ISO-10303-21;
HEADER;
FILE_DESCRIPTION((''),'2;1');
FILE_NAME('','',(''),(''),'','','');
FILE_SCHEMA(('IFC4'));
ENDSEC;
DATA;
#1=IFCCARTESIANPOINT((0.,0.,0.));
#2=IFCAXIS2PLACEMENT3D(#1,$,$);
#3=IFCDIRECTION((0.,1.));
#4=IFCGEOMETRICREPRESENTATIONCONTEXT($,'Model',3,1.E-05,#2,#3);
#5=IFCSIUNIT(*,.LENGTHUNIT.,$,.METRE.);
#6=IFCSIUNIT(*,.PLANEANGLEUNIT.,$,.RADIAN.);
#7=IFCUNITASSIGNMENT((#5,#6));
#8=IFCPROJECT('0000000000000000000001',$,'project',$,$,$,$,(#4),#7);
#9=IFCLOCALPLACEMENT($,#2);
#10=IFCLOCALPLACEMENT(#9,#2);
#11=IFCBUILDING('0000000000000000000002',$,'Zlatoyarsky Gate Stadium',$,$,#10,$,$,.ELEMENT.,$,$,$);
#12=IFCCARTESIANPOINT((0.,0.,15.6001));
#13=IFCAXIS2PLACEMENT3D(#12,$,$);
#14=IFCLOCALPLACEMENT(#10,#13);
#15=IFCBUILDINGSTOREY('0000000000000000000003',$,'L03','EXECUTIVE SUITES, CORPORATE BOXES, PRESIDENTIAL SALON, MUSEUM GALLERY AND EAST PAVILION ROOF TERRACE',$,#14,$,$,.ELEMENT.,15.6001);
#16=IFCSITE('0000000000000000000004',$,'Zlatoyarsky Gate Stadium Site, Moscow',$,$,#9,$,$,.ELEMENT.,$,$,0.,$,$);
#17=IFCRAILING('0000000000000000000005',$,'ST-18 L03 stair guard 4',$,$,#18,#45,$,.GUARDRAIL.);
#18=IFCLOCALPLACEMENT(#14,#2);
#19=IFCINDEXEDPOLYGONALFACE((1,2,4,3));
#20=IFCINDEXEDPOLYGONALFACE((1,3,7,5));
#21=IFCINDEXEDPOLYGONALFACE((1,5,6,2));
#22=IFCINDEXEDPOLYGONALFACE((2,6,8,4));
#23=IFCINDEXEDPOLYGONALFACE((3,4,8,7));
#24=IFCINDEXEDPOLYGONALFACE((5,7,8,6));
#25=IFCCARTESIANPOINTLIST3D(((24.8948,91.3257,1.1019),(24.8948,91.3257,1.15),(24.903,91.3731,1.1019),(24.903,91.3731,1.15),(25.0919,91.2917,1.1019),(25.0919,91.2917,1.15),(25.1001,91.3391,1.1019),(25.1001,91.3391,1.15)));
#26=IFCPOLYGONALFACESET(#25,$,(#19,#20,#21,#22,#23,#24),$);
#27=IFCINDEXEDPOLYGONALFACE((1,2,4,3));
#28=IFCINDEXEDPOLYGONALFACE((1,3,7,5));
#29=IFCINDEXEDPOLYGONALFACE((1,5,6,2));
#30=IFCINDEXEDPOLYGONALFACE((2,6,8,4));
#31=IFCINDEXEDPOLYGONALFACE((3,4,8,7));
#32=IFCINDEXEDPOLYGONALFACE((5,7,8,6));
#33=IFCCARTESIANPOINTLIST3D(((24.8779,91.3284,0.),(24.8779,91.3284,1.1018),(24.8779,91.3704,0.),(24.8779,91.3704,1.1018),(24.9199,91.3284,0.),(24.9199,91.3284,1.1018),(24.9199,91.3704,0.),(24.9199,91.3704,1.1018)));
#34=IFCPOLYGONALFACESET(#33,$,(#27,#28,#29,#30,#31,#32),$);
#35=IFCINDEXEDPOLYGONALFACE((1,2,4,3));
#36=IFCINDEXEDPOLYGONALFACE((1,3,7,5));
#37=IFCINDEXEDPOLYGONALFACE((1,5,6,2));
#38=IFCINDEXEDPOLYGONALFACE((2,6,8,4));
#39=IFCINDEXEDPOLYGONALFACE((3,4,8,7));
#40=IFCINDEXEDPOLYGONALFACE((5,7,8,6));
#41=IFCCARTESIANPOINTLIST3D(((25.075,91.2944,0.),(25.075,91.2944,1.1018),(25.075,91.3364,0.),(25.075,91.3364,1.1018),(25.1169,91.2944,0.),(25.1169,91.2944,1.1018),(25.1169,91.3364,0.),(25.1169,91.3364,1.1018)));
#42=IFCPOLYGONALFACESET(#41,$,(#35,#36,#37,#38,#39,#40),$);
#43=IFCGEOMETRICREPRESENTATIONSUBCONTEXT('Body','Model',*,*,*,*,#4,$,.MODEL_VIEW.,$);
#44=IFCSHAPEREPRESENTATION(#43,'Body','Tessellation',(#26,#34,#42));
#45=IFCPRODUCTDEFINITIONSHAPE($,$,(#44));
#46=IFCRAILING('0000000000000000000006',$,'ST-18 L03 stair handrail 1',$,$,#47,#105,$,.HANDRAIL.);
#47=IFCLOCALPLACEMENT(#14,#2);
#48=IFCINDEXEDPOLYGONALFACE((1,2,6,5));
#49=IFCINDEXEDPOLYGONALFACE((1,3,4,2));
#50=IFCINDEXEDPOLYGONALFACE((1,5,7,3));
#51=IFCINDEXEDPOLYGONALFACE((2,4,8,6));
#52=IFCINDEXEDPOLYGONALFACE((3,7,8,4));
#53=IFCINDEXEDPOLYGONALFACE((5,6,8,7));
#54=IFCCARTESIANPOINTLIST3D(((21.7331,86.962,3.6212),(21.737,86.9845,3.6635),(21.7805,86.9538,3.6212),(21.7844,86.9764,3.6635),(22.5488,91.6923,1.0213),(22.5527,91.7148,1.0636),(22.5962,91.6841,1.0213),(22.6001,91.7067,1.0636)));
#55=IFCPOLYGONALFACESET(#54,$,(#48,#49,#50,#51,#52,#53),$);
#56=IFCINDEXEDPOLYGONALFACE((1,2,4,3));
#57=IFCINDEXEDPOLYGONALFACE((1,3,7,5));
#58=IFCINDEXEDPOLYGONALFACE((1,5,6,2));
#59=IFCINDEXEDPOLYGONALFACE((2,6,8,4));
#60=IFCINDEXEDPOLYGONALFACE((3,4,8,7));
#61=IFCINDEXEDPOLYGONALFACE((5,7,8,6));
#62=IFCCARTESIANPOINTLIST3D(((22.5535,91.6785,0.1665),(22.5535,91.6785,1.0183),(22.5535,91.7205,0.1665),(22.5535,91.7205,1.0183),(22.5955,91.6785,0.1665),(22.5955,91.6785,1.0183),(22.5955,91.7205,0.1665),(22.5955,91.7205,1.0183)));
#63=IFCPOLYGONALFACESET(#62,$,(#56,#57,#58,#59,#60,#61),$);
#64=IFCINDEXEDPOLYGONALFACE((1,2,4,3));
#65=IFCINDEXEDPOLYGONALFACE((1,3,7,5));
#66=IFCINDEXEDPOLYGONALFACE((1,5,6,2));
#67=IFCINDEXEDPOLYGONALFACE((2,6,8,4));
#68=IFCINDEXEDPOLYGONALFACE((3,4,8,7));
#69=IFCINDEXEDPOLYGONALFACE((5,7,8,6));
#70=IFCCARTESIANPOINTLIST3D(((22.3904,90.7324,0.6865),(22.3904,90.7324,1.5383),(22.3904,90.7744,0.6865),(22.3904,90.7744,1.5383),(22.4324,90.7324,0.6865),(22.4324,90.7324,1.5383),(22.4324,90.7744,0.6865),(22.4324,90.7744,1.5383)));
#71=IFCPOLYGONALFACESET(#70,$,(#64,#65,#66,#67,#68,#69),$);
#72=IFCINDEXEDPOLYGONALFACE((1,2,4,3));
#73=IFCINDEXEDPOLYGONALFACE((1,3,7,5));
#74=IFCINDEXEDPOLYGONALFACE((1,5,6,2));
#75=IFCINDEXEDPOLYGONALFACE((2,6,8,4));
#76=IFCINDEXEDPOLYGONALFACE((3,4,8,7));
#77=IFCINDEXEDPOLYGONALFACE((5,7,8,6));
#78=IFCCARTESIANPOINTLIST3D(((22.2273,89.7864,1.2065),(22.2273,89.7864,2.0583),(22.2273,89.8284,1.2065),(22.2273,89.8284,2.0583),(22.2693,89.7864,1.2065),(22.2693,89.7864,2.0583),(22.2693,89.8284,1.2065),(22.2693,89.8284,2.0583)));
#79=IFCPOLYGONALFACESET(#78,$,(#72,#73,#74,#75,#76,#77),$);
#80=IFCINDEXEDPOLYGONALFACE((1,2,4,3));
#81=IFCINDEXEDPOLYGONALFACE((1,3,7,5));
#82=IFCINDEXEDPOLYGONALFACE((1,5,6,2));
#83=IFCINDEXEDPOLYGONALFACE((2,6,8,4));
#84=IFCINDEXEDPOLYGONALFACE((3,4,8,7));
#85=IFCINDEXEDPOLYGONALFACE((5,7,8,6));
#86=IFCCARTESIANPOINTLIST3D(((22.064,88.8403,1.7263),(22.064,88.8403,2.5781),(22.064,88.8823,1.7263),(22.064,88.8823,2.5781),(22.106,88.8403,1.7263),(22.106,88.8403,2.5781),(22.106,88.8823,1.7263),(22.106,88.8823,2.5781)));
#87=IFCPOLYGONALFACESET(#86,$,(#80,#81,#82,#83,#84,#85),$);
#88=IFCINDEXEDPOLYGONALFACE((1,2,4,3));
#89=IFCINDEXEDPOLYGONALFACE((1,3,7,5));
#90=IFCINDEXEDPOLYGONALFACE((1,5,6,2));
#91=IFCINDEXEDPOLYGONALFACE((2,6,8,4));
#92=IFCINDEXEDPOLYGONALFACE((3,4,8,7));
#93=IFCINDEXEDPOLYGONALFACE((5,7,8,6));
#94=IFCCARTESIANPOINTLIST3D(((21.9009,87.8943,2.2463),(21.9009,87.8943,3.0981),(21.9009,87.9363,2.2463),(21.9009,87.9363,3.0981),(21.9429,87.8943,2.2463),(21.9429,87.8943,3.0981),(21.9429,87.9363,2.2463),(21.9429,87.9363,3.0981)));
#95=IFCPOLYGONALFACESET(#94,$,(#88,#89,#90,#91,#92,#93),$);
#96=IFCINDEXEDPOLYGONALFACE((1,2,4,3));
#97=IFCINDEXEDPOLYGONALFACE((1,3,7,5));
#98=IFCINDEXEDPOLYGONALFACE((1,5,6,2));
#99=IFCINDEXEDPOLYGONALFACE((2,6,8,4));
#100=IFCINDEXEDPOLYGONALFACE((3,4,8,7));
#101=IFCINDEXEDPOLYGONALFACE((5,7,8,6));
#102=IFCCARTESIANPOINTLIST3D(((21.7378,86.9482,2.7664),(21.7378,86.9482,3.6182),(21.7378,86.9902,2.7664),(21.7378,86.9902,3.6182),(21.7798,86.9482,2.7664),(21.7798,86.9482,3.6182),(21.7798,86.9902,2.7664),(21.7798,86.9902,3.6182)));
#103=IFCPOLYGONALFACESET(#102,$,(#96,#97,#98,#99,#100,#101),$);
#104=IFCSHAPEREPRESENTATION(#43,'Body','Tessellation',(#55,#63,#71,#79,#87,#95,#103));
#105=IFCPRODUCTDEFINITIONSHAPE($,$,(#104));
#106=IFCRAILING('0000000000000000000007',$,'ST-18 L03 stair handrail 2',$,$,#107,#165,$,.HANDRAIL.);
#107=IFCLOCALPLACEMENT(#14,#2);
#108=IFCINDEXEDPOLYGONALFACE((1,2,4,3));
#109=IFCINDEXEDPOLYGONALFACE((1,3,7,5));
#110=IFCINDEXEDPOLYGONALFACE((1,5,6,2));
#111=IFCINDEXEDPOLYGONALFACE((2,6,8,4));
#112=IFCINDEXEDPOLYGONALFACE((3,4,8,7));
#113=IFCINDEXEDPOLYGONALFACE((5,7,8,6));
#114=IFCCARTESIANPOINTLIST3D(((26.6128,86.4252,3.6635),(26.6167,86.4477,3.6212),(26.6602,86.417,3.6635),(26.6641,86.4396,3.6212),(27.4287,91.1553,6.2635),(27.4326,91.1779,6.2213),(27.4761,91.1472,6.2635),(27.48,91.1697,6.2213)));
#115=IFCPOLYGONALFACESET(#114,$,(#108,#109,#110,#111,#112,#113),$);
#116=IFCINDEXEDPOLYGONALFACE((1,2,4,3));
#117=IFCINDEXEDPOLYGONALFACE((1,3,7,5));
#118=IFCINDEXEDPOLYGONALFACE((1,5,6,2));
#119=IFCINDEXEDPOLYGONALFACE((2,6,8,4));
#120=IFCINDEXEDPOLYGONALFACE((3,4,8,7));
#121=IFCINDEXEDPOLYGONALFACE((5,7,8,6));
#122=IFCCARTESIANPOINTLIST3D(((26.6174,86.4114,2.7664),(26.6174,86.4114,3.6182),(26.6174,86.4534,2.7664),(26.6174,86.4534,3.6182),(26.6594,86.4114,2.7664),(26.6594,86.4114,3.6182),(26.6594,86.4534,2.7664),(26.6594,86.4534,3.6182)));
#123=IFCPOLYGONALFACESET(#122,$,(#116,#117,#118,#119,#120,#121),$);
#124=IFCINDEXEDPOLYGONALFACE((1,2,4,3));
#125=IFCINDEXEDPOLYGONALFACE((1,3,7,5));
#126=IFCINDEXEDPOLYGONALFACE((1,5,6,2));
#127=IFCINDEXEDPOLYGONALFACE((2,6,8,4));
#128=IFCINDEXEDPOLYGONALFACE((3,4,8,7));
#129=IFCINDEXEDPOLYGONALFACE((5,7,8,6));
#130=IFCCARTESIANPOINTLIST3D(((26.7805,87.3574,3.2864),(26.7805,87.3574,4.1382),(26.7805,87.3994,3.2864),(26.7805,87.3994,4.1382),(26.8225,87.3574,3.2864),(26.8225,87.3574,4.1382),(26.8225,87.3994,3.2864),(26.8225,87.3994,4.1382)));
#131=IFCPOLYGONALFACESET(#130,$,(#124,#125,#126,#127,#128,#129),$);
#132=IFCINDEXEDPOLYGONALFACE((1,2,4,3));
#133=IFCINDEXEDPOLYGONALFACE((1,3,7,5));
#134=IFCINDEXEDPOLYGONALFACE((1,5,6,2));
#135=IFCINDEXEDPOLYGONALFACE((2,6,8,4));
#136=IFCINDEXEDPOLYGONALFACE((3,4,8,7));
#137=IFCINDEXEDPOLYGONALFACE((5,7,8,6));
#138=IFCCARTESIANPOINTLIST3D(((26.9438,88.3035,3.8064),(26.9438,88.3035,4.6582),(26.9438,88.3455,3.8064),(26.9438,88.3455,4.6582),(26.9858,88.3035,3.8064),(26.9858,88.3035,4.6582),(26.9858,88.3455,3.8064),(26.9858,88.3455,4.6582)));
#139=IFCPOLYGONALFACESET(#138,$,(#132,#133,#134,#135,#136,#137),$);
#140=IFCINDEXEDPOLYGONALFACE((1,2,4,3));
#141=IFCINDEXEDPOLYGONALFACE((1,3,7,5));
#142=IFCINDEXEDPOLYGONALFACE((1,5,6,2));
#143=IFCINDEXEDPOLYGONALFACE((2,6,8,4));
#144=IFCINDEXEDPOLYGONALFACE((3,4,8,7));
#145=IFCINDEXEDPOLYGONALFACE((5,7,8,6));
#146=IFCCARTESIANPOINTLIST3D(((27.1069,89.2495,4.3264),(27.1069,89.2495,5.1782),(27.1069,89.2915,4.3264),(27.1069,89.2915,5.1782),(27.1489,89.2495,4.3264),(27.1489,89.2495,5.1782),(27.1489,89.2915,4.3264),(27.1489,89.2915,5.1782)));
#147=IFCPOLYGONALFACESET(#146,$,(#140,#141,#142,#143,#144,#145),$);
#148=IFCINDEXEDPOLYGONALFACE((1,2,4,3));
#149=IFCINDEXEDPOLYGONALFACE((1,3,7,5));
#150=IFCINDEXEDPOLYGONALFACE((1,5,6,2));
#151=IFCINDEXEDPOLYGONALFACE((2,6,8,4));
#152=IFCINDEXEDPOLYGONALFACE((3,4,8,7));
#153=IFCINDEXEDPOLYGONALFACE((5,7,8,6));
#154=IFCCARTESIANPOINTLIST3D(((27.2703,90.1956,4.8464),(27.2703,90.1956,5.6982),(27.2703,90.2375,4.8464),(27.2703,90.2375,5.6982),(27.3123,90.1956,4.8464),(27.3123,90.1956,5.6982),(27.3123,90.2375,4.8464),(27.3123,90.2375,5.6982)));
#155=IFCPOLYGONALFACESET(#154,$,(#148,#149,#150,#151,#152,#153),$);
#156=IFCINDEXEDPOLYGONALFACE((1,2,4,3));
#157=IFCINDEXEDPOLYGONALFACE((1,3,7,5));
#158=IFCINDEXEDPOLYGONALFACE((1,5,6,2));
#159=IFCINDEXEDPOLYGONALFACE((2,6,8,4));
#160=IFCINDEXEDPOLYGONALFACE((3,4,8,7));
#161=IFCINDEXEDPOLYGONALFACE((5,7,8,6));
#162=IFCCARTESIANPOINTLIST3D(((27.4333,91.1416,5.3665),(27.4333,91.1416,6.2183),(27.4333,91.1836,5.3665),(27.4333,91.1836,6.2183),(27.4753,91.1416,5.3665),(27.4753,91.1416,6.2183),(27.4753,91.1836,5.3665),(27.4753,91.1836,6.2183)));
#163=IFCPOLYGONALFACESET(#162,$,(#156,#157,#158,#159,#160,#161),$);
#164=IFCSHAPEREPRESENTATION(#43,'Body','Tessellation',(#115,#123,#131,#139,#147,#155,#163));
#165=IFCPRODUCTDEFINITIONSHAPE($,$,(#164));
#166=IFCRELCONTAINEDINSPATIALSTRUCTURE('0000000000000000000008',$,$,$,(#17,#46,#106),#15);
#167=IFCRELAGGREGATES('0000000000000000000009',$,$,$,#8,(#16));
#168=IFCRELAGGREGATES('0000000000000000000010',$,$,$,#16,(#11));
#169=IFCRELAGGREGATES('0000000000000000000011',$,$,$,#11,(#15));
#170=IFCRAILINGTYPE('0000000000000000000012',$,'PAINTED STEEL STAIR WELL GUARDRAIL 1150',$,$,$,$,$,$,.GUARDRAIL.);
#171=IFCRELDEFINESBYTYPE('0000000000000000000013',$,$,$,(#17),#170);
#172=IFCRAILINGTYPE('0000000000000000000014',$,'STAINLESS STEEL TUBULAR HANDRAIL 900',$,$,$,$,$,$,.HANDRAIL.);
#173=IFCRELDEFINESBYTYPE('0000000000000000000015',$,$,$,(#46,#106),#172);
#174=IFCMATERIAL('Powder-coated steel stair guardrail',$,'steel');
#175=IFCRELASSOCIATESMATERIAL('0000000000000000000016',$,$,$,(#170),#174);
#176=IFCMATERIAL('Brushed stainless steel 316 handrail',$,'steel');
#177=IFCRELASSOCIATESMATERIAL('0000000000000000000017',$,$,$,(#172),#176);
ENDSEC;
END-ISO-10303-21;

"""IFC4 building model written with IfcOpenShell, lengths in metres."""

from ifc_helpers import new_model, si_unit, direction, frame, origin, origin_2d, place, context, subcontext, project, spatial, rectangle, extrude, material, type_object, element, save


model = new_model("IFC4")

# Units and contexts
model_context = context("Model", 3, precision=1e-05, world=origin(), true_north=direction((0.0, 1.0)))
body_context = subcontext(model_context, "Body", "Model", "MODEL_VIEW")
ifc_project = project(units=[si_unit("LENGTHUNIT", "METRE"), si_unit("PLANEANGLEUNIT", "RADIAN")], contexts=[model_context])

# Site, building, storey
site_placement = place(None, origin())
site = spatial("IfcSite", under=ifc_project, at=site_placement, Name="Zlatoyarsky Gate Stadium Site, Moscow", CompositionType="ELEMENT", RefElevation=0.0)
building_placement = place(site_placement, origin())
building = spatial("IfcBuilding", under=site, at=building_placement, Name="Zlatoyarsky Gate Stadium", CompositionType="ELEMENT")
storey_placement = place(building_placement, frame((0.0, 0.0, 15.6001)))
storey = spatial("IfcBuildingStorey", under=building, at=storey_placement, Name="L03", Description="EXECUTIVE SUITES, CORPORATE BOXES, PRESIDENTIAL SALON, MUSEUM GALLERY AND EAST PAVILION ROOF TERRACE", CompositionType="ELEMENT", Elevation=15.6001)

# Railings
ifc_material_1 = material(Name="Powder-coated steel stair guardrail", Category="steel")
railing_type_1 = type_object("IfcRailingType", Name="PAINTED STEEL STAIR WELL GUARDRAIL 1150", PredefinedType="GUARDRAIL", material=ifc_material_1)
railing_1_placement = place(storey_placement, frame((24.8989, 91.3494, 0.0)))
element("IfcRailing", 1, at=railing_1_placement, inside=storey, type_object=railing_type_1, Name="ST-18 L03 stair guard 4", PredefinedType="GUARDRAIL", context=body_context, shape_type="SweptSolid", body=[
    extrude(rectangle(XDim=0.0481, YDim=0.0481, at=origin_2d()), frame((0.0, 0.0, 1.126), z_axis=(0.985488, -0.169743, 0.0), x_axis=(0.169743, 0.985488, 0.0)), (0.0, 0.0, 1.0), 0.2),
    extrude(rectangle(XDim=0.042, YDim=0.042, at=origin_2d()), origin(), (0.0, 0.0, 1.0), 1.1018),
    extrude(rectangle(XDim=0.042, YDim=0.042, at=origin_2d()), frame((0.197, -0.0339, 0.0)), (0.0, 0.0, 1.0), 1.1018),
])
ifc_material_2 = material(Name="Brushed stainless steel 316 handrail", Category="steel")
railing_type_2 = type_object("IfcRailingType", Name="STAINLESS STEEL TUBULAR HANDRAIL 900", PredefinedType="HANDRAIL", material=ifc_material_2)
railing_2_placement = place(storey_placement, frame((22.5745, 91.6995, 0.1665)))
element("IfcRailing", 2, at=railing_2_placement, inside=storey, type_object=railing_type_2, Name="ST-18 L03 stair handrail 1", PredefinedType="HANDRAIL", context=body_context, shape_type="SweptSolid", body=[
    extrude(rectangle(XDim=0.0481, YDim=0.0481, at=origin_2d()), frame((0.0, 0.0, 0.876), z_axis=(-0.149421, -0.866516, 0.47626), x_axis=(0.985456, -0.169931, 0.0)), (0.0, 0.0, 1.0), 5.459),
    extrude(rectangle(XDim=0.042, YDim=0.042, at=origin_2d()), origin(), (0.0, 0.0, 1.0), 0.8518),
    extrude(rectangle(XDim=0.042, YDim=0.042, at=origin_2d()), frame((-0.1631, -0.946, 0.52)), (0.0, 0.0, 1.0), 0.8518),
    extrude(rectangle(XDim=0.042, YDim=0.042, at=origin_2d()), frame((-0.3262, -1.8921, 1.04)), (0.0, 0.0, 1.0), 0.8518),
    extrude(rectangle(XDim=0.042, YDim=0.042, at=origin_2d()), frame((-0.4895, -2.8381, 1.5598)), (0.0, 0.0, 1.0), 0.8518),
    extrude(rectangle(XDim=0.042, YDim=0.042, at=origin_2d()), frame((-0.6526, -3.7842, 2.0798)), (0.0, 0.0, 1.0), 0.8518),
    extrude(rectangle(XDim=0.042, YDim=0.042, at=origin_2d()), frame((-0.8157, -4.7302, 2.5999)), (0.0, 0.0, 1.0), 0.8518),
])
railing_3_placement = place(storey_placement, frame((26.6384, 86.4324, 2.7664)))
element("IfcRailing", 3, at=railing_3_placement, inside=storey, type_object=railing_type_2, Name="ST-18 L03 stair handrail 2", PredefinedType="HANDRAIL", context=body_context, shape_type="SweptSolid", body=[
    extrude(rectangle(XDim=0.0481, YDim=0.0481, at=origin_2d()), frame((0.0, 0.0, 0.876), z_axis=(0.149461, 0.866492, 0.476291), x_axis=(-0.985447, 0.16998, 0.0)), (0.0, 0.0, 1.0), 5.459),
    extrude(rectangle(XDim=0.042, YDim=0.042, at=origin_2d()), origin(), (0.0, 0.0, 1.0), 0.8518),
    extrude(rectangle(XDim=0.042, YDim=0.042, at=origin_2d()), frame((0.1631, 0.946, 0.52)), (0.0, 0.0, 1.0), 0.8518),
    extrude(rectangle(XDim=0.042, YDim=0.042, at=origin_2d()), frame((0.3264, 1.8921, 1.04)), (0.0, 0.0, 1.0), 0.8518),
    extrude(rectangle(XDim=0.042, YDim=0.042, at=origin_2d()), frame((0.4895, 2.8381, 1.5601)), (0.0, 0.0, 1.0), 0.8518),
    extrude(rectangle(XDim=0.042, YDim=0.042, at=origin_2d()), frame((0.6528, 3.7842, 2.0801)), (0.0, 0.0, 1.0), 0.8518),
    extrude(rectangle(XDim=0.042, YDim=0.042, at=origin_2d()), frame((0.8159, 4.7302, 2.6001)), (0.0, 0.0, 1.0), 0.8518),
])

save(model, "model.ifc")
